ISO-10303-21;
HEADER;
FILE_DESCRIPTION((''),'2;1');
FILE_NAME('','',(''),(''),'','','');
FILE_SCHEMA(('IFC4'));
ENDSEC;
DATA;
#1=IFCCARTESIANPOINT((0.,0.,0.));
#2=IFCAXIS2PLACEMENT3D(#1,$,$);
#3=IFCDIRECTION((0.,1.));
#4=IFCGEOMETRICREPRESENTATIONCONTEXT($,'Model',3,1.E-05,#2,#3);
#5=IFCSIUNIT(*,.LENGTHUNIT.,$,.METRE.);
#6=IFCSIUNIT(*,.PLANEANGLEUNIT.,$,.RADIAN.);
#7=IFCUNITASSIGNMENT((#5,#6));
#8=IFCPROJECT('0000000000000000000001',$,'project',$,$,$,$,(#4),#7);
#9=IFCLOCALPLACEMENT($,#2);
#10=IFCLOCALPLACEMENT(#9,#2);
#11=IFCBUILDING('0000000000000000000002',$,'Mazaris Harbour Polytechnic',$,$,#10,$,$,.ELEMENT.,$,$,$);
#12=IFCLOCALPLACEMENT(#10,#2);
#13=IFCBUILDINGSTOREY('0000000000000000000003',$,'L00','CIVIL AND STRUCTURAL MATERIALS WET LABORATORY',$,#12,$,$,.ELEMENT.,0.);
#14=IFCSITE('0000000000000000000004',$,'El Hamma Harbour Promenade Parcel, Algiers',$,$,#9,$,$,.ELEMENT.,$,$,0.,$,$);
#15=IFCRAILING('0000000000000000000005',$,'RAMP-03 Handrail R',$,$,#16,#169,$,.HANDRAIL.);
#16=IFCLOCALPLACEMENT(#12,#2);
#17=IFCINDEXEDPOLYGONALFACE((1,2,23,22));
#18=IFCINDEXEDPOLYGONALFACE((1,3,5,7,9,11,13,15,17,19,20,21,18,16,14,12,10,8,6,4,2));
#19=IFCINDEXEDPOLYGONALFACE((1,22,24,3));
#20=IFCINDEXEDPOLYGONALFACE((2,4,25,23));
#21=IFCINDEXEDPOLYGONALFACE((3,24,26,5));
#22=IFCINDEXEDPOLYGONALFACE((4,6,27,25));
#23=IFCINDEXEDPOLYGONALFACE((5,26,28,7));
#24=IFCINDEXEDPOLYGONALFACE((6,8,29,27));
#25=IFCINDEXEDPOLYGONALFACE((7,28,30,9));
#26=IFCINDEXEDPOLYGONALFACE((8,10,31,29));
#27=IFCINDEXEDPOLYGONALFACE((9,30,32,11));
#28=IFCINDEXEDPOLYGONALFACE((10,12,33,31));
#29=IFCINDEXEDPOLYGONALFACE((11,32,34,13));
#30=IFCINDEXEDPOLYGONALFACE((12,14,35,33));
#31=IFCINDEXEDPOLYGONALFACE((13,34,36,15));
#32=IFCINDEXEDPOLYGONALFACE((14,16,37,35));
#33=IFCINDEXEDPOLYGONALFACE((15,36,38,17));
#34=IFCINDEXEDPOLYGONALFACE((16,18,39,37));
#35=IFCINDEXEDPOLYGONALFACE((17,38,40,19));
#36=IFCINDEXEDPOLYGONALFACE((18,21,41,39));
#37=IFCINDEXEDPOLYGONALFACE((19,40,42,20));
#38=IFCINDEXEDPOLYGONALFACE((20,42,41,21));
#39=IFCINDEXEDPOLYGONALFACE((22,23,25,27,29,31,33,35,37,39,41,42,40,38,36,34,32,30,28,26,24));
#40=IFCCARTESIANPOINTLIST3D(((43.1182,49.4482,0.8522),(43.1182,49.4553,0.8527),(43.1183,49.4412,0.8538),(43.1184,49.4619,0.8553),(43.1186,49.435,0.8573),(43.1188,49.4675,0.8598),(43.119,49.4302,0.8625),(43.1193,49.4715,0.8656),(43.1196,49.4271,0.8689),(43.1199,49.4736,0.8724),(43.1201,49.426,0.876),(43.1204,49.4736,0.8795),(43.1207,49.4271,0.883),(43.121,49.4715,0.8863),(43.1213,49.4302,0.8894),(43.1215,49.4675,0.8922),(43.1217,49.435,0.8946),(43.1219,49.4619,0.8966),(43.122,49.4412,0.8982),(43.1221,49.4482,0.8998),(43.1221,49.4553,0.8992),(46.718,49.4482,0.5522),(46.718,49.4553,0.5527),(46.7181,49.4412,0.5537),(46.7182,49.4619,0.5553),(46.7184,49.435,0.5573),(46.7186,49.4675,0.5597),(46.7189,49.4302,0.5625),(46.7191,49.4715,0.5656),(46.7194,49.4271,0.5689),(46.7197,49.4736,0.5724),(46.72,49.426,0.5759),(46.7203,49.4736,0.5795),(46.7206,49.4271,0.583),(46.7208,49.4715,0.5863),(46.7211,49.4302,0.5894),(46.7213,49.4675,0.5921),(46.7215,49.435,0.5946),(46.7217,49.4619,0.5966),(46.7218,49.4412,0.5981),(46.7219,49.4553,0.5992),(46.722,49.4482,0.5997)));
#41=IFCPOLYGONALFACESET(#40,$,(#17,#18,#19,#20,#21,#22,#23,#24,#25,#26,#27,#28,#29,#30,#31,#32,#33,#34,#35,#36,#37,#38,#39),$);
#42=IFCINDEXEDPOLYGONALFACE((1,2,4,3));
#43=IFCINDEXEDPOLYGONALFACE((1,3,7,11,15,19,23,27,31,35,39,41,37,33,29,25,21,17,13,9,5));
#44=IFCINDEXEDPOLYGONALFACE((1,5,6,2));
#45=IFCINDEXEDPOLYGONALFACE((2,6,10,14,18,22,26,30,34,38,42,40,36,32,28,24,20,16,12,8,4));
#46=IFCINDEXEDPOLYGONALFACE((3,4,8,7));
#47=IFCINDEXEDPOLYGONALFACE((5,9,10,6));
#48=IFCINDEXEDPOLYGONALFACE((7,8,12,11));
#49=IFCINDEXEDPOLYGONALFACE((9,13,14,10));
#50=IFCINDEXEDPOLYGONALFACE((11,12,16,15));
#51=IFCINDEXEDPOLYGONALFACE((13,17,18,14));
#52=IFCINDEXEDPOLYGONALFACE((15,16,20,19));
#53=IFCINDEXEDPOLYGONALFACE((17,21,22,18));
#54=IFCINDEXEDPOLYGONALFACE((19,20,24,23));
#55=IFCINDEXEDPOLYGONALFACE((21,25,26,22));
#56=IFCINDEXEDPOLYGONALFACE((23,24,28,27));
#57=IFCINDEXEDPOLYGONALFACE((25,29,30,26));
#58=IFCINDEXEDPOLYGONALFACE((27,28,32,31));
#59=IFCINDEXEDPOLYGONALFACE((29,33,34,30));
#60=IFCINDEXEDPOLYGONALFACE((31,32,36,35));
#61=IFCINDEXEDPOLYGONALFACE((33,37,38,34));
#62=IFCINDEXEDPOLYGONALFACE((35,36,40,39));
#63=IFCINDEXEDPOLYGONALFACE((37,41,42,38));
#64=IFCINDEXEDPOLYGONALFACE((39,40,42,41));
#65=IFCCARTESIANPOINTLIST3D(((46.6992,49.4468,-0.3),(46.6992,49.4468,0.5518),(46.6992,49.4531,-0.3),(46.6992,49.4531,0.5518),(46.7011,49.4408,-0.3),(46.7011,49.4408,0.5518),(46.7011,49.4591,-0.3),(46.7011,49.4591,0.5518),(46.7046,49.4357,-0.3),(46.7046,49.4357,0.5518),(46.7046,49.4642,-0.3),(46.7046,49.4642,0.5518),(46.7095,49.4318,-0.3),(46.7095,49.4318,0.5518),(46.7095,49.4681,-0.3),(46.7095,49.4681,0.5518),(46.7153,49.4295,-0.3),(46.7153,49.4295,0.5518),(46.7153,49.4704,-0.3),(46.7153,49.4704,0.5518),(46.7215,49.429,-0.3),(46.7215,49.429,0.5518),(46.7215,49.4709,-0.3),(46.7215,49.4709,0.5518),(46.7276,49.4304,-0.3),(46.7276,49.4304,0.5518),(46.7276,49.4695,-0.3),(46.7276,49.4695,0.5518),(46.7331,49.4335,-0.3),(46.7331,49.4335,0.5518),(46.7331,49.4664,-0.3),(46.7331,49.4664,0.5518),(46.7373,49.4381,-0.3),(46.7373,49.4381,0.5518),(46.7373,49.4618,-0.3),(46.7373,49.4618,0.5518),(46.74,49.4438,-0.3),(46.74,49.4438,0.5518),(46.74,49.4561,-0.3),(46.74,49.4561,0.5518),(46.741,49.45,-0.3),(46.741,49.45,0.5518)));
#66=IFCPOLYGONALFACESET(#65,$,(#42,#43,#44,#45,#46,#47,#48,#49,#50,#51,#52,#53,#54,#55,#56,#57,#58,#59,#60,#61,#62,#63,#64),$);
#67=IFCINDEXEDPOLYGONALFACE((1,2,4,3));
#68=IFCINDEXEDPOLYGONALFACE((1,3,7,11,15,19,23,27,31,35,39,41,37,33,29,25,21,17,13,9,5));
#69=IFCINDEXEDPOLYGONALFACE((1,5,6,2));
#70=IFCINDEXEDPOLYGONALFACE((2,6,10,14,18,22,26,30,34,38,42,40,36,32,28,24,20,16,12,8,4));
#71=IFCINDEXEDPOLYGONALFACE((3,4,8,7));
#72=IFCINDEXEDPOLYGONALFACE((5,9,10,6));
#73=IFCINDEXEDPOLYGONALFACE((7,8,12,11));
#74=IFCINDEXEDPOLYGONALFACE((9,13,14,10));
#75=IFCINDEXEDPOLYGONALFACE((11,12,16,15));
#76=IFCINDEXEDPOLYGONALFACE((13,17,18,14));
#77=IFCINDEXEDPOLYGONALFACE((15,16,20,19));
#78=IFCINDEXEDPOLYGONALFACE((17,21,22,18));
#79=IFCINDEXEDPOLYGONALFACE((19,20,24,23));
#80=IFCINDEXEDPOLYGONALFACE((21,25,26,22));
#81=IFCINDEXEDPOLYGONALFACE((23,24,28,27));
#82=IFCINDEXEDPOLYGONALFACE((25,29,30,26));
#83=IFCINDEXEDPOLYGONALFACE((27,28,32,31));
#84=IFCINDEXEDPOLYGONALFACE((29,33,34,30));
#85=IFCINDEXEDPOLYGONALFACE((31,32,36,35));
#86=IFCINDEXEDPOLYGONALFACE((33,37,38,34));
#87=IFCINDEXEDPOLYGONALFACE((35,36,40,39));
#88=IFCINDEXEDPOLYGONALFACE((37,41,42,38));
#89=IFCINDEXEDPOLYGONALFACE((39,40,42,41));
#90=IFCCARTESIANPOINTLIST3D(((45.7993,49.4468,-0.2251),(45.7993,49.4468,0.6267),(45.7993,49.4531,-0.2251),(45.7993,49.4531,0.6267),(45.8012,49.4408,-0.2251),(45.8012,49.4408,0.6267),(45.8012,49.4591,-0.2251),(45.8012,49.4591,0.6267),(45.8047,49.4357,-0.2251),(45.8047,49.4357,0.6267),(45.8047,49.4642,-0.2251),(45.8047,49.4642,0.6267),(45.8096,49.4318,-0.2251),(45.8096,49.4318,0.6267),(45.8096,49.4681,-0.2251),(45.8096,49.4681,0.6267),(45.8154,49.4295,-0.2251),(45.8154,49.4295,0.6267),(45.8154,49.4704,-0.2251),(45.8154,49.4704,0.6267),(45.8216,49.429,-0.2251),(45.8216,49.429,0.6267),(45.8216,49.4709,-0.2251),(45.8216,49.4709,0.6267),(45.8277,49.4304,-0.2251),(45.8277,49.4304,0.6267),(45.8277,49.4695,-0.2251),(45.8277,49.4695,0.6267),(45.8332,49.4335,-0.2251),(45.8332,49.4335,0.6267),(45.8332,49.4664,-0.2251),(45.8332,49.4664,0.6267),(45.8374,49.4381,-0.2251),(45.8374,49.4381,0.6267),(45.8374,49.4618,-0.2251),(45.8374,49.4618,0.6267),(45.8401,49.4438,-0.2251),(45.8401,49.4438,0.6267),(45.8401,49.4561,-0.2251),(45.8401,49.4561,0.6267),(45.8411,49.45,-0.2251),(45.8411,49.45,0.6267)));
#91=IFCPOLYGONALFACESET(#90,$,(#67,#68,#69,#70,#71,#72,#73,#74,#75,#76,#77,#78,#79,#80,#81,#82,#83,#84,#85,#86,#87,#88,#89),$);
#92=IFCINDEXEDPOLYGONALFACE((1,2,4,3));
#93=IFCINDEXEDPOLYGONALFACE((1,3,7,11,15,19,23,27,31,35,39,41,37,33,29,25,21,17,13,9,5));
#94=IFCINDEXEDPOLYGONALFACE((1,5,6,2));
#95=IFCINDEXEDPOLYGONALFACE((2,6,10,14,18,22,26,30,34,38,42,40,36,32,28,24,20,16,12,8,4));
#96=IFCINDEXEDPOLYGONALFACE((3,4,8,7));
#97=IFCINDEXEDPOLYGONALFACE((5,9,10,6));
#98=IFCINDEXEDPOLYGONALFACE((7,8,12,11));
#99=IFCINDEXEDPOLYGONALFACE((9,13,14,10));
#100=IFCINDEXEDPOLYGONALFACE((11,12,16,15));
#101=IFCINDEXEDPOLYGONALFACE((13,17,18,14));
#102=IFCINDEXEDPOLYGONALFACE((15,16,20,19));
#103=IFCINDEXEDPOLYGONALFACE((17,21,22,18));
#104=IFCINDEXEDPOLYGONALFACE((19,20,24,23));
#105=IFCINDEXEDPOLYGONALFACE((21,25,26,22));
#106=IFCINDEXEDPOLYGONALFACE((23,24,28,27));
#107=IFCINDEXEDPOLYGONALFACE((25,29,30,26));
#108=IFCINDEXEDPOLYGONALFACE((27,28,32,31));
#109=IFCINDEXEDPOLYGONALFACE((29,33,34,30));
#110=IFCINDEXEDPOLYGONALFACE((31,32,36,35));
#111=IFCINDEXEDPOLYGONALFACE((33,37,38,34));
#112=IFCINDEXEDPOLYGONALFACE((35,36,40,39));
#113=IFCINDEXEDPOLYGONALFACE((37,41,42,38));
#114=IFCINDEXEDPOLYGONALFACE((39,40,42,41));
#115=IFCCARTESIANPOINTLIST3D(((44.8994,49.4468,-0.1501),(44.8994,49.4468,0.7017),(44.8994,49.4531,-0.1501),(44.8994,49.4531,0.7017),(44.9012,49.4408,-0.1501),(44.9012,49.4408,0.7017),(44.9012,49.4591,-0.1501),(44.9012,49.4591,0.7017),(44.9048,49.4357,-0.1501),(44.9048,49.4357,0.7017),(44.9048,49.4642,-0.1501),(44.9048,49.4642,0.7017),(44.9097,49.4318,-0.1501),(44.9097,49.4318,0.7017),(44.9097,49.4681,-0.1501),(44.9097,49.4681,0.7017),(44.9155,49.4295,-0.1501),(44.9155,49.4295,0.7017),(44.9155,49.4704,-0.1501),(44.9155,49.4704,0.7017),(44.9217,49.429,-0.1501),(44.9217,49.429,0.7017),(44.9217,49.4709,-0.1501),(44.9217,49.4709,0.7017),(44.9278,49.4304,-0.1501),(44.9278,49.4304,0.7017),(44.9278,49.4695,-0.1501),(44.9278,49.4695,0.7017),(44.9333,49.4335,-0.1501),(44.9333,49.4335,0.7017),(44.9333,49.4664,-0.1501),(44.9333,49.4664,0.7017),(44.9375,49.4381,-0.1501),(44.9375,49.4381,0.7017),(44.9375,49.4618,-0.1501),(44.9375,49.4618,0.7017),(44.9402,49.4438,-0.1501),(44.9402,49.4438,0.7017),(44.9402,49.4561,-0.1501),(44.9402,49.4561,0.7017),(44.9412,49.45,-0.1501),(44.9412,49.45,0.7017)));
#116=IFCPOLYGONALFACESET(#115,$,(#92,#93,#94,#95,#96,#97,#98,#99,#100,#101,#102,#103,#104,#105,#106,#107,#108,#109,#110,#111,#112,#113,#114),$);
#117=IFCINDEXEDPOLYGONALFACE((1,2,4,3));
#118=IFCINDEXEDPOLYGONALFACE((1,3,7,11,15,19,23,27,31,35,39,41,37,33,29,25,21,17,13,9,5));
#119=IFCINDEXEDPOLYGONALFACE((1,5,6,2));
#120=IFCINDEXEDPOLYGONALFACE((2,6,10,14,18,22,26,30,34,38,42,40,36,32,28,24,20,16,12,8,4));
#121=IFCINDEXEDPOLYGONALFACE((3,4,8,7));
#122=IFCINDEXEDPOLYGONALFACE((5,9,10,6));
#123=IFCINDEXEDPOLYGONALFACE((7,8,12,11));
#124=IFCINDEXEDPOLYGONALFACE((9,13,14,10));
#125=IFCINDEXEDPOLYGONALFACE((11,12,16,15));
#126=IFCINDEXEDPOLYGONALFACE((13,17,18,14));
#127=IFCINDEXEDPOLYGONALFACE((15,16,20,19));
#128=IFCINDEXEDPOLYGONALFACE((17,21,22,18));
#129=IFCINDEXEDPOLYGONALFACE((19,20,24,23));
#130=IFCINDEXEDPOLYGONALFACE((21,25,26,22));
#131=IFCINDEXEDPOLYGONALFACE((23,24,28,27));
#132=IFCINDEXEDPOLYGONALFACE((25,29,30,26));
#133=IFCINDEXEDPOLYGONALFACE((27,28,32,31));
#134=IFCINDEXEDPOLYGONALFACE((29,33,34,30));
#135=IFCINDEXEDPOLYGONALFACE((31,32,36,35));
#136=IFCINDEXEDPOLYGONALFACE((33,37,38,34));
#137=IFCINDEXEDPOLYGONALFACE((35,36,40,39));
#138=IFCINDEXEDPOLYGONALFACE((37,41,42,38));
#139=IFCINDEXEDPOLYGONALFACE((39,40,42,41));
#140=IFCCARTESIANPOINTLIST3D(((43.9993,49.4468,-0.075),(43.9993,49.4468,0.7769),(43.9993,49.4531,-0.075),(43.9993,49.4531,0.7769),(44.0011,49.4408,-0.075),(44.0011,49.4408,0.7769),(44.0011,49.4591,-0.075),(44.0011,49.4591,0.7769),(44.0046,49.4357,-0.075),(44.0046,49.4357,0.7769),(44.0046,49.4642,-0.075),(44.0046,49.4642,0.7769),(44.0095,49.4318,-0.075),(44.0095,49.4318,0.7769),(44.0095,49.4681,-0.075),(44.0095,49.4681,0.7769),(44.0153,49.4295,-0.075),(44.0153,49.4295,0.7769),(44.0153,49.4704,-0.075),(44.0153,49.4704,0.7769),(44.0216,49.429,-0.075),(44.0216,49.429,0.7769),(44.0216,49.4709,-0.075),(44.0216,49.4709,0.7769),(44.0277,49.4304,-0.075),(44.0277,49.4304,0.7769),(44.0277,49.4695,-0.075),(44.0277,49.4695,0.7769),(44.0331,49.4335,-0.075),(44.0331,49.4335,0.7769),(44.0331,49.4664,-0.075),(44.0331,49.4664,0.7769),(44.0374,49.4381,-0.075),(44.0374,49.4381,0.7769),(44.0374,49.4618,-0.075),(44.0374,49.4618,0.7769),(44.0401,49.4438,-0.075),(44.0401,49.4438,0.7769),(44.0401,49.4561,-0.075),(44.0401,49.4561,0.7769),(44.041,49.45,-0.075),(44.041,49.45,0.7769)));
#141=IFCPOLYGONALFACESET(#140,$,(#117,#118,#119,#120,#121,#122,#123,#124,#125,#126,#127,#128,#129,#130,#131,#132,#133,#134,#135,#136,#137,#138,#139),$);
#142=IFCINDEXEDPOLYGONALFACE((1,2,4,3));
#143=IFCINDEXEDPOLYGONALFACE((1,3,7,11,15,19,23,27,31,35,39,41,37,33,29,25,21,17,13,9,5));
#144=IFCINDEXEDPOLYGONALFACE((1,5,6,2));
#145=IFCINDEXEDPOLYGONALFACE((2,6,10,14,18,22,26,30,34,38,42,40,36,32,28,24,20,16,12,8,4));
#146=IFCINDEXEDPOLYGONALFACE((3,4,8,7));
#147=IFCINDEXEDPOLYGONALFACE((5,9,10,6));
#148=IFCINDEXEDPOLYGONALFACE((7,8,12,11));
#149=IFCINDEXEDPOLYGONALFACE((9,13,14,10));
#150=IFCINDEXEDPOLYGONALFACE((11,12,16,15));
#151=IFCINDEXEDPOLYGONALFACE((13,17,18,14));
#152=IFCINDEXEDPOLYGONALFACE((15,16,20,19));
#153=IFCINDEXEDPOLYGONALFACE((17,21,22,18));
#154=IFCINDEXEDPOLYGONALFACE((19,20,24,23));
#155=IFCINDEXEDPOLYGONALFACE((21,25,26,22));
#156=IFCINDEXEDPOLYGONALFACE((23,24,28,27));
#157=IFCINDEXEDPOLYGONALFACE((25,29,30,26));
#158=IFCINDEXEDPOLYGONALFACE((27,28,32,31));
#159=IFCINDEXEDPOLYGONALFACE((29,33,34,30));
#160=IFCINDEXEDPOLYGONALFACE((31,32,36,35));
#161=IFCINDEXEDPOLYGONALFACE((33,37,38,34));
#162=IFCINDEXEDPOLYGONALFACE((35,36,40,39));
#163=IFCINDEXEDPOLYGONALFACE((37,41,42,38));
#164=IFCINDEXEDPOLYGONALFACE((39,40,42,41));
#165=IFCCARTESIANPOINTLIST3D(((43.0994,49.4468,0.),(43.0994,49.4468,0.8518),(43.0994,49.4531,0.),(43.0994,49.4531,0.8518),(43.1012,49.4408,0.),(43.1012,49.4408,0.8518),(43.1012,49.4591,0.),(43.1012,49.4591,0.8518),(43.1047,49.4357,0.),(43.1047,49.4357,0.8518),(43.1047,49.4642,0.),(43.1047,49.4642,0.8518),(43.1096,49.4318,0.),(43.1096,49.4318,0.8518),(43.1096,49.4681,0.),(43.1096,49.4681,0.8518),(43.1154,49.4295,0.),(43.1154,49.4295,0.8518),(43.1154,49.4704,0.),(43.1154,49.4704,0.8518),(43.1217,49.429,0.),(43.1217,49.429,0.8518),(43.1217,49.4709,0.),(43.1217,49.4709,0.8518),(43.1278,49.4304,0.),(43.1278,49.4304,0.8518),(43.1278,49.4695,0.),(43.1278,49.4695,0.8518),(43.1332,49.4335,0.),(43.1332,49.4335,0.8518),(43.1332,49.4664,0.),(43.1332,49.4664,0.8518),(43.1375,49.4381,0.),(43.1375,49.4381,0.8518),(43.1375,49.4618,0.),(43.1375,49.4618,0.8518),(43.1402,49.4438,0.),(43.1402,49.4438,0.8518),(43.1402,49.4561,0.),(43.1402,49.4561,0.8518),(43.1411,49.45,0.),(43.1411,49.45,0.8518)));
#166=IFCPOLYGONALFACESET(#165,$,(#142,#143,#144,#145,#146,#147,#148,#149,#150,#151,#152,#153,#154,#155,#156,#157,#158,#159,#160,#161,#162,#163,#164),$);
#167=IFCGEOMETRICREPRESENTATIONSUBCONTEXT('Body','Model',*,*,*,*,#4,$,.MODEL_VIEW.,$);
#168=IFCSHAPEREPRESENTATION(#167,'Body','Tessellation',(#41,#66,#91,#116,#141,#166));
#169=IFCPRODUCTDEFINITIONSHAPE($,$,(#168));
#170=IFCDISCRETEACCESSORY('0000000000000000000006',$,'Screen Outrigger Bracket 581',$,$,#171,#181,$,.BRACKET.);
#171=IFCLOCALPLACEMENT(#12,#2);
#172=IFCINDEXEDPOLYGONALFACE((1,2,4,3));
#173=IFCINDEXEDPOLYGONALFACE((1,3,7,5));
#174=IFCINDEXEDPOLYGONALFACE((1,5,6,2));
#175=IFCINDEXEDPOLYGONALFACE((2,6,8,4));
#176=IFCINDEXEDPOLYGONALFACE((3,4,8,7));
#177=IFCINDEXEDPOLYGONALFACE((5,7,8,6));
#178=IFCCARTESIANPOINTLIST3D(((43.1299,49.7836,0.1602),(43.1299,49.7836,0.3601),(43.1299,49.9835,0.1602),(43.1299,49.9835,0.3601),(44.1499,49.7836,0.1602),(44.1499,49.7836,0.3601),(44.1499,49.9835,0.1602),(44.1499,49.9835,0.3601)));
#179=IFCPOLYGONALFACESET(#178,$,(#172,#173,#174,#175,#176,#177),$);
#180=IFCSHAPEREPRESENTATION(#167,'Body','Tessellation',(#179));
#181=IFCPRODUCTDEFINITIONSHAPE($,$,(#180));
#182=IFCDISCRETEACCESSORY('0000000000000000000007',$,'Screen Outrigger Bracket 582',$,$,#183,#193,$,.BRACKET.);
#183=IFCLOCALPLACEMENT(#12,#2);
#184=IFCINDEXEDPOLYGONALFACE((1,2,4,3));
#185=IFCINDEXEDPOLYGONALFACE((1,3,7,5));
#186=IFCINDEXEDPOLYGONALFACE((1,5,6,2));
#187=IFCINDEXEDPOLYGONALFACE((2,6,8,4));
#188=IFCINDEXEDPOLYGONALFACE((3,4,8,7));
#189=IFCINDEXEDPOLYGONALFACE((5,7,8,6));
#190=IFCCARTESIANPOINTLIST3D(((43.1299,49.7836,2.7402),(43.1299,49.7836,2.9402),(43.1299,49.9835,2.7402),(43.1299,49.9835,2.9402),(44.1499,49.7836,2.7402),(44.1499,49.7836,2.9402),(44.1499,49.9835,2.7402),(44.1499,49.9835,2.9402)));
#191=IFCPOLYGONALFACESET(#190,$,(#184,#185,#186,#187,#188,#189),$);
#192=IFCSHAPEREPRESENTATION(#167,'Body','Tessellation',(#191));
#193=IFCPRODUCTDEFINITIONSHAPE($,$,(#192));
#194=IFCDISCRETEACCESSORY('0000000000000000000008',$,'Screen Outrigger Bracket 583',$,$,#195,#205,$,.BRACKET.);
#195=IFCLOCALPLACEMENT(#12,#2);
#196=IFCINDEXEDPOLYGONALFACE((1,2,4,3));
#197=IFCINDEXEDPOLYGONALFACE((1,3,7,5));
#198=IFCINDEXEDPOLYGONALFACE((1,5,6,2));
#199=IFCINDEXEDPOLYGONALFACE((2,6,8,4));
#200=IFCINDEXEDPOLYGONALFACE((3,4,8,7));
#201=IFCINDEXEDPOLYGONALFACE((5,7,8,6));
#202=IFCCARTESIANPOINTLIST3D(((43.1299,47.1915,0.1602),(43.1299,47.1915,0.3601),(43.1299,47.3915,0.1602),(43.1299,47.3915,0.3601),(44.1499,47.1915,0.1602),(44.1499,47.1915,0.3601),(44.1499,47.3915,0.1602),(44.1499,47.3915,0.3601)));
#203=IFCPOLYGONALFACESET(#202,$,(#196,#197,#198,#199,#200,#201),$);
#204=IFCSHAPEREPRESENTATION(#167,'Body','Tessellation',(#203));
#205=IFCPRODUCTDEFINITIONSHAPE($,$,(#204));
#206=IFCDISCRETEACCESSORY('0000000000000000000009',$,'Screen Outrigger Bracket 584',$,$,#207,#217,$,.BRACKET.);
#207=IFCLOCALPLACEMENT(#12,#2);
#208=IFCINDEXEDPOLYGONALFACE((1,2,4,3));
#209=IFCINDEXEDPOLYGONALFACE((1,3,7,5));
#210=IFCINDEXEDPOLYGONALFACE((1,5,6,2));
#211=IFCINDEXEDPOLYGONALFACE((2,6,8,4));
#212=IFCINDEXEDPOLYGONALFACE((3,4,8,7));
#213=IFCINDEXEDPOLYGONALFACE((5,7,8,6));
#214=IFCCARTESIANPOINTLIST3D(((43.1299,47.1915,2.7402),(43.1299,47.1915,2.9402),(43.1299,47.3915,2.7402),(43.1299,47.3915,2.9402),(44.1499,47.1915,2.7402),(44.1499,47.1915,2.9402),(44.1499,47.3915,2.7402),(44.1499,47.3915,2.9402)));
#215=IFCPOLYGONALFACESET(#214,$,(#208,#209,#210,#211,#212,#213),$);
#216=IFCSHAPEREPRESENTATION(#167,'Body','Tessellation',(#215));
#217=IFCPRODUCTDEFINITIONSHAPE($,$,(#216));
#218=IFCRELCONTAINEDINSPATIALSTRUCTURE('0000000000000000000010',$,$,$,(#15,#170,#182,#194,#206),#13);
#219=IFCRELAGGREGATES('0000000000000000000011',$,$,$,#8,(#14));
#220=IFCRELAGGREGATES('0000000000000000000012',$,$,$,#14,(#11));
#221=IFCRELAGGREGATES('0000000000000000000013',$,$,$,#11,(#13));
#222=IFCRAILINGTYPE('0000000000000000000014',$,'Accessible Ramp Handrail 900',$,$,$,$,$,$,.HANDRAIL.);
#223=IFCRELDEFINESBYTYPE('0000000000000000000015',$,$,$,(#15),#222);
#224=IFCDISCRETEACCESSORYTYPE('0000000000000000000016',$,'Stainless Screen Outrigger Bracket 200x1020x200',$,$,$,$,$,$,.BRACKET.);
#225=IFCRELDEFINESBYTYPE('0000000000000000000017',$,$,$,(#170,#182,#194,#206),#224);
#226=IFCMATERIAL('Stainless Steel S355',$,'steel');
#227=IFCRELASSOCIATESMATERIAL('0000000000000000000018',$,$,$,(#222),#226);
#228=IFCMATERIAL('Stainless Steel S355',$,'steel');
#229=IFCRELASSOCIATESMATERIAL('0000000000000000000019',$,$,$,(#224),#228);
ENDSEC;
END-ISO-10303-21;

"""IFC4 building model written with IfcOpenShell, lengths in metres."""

from ifc_helpers import new_model, si_unit, direction, frame, origin, origin_2d, place, context, subcontext, project, spatial, rectangle, circle, extrude, material, type_object, element, save


model = new_model("IFC4")

# Units and contexts
model_context = context("Model", 3, precision=1e-05, world=origin(), true_north=direction((0.0, 1.0)))
body_context = subcontext(model_context, "Body", "Model", "MODEL_VIEW")
ifc_project = project(units=[si_unit("LENGTHUNIT", "METRE"), si_unit("PLANEANGLEUNIT", "RADIAN")], contexts=[model_context])

# Site, building, storey
site_placement = place(None, origin())
site = spatial("IfcSite", under=ifc_project, at=site_placement, Name="El Hamma Harbour Promenade Parcel, Algiers", CompositionType="ELEMENT", RefElevation=0.0)
building_placement = place(site_placement, origin())
building = spatial("IfcBuilding", under=site, at=building_placement, Name="Mazaris Harbour Polytechnic", CompositionType="ELEMENT")
storey_placement = place(building_placement, origin())
storey = spatial("IfcBuildingStorey", under=building, at=storey_placement, Name="L00", Description="CIVIL AND STRUCTURAL MATERIALS WET LABORATORY", CompositionType="ELEMENT", Elevation=0.0)

# Railing
ifc_material_1 = material(Name="Stainless Steel S355", Category="steel")
railing_type_1 = type_object("IfcRailingType", Name="Accessible Ramp Handrail 900", PredefinedType="HANDRAIL", material=ifc_material_1)
for number, where, name in (
    (1, (46.72, 49.45, -0.3), "RAMP-03 Handrail R"),
):
    element("IfcRailing", number, at=place(storey_placement, frame(where)), inside=storey, type_object=railing_type_1, Name=name, PredefinedType="HANDRAIL", context=body_context, shape_type="SweptSolid", body=[
        extrude(circle(Radius=0.0239, at=origin_2d()), frame((0.0, 0.0, 0.876), z_axis=(-0.996544, 0.0, 0.083062), x_axis=(0.0, -1.0, 0.0)), (0.0, 0.0, 1.0), 3.6123),
        extrude(circle(Radius=0.021, at=origin_2d()), origin(), (0.0, 0.0, 1.0), 0.8518),
        extrude(circle(Radius=0.021, at=origin_2d()), frame((-0.8999, 0.0, 0.075)), (0.0, 0.0, 1.0), 0.8518),
        extrude(circle(Radius=0.021, at=origin_2d()), frame((-1.7998, 0.0, 0.1499)), (0.0, 0.0, 1.0), 0.8518),
        extrude(circle(Radius=0.021, at=origin_2d()), frame((-2.7, 0.0, 0.2251)), (0.0, 0.0, 1.0), 0.8518),
        extrude(circle(Radius=0.021, at=origin_2d()), frame((-3.5999, 0.0, 0.3)), (0.0, 0.0, 1.0), 0.8518),
    ])

# Discrete accessories
ifc_material_2 = material(Name="Stainless Steel S355", Category="steel")
discrete_accessory_type = type_object("IfcDiscreteAccessoryType", Name="Stainless Screen Outrigger Bracket 200x1020x200", PredefinedType="BRACKET", material=ifc_material_2)
for number, where, z_axis, x_axis, name in (
    (2, (43.6399, 49.8835, 0.1602), (0.0, 0.0, 1.0), (0.0, -1.0, 0.0), "Screen Outrigger Bracket 581"),
    (3, (43.6399, 49.8835, 2.7402), (0.0, 0.0, 1.0), (0.0, -1.0, 0.0), "Screen Outrigger Bracket 582"),
    (4, (43.6399, 47.2915, 0.1602), (0.0, 0.0, 1.0), (0.0, -1.0, 0.0), "Screen Outrigger Bracket 583"),
    (5, (43.6399, 47.2915, 2.7402), (0.0, 0.0, 1.0), (0.0, -1.0, 0.0), "Screen Outrigger Bracket 584"),
):
    element("IfcDiscreteAccessory", number, at=place(storey_placement, frame(where, z_axis=z_axis, x_axis=x_axis)), inside=storey, type_object=discrete_accessory_type, Name=name, PredefinedType="BRACKET", context=body_context, shape_type="SweptSolid", body=[
        extrude(rectangle(XDim=0.2, YDim=1.02, at=origin_2d()), origin(), (0.0, 0.0, 1.0), 0.2),
    ])

save(model, "model.ifc")
